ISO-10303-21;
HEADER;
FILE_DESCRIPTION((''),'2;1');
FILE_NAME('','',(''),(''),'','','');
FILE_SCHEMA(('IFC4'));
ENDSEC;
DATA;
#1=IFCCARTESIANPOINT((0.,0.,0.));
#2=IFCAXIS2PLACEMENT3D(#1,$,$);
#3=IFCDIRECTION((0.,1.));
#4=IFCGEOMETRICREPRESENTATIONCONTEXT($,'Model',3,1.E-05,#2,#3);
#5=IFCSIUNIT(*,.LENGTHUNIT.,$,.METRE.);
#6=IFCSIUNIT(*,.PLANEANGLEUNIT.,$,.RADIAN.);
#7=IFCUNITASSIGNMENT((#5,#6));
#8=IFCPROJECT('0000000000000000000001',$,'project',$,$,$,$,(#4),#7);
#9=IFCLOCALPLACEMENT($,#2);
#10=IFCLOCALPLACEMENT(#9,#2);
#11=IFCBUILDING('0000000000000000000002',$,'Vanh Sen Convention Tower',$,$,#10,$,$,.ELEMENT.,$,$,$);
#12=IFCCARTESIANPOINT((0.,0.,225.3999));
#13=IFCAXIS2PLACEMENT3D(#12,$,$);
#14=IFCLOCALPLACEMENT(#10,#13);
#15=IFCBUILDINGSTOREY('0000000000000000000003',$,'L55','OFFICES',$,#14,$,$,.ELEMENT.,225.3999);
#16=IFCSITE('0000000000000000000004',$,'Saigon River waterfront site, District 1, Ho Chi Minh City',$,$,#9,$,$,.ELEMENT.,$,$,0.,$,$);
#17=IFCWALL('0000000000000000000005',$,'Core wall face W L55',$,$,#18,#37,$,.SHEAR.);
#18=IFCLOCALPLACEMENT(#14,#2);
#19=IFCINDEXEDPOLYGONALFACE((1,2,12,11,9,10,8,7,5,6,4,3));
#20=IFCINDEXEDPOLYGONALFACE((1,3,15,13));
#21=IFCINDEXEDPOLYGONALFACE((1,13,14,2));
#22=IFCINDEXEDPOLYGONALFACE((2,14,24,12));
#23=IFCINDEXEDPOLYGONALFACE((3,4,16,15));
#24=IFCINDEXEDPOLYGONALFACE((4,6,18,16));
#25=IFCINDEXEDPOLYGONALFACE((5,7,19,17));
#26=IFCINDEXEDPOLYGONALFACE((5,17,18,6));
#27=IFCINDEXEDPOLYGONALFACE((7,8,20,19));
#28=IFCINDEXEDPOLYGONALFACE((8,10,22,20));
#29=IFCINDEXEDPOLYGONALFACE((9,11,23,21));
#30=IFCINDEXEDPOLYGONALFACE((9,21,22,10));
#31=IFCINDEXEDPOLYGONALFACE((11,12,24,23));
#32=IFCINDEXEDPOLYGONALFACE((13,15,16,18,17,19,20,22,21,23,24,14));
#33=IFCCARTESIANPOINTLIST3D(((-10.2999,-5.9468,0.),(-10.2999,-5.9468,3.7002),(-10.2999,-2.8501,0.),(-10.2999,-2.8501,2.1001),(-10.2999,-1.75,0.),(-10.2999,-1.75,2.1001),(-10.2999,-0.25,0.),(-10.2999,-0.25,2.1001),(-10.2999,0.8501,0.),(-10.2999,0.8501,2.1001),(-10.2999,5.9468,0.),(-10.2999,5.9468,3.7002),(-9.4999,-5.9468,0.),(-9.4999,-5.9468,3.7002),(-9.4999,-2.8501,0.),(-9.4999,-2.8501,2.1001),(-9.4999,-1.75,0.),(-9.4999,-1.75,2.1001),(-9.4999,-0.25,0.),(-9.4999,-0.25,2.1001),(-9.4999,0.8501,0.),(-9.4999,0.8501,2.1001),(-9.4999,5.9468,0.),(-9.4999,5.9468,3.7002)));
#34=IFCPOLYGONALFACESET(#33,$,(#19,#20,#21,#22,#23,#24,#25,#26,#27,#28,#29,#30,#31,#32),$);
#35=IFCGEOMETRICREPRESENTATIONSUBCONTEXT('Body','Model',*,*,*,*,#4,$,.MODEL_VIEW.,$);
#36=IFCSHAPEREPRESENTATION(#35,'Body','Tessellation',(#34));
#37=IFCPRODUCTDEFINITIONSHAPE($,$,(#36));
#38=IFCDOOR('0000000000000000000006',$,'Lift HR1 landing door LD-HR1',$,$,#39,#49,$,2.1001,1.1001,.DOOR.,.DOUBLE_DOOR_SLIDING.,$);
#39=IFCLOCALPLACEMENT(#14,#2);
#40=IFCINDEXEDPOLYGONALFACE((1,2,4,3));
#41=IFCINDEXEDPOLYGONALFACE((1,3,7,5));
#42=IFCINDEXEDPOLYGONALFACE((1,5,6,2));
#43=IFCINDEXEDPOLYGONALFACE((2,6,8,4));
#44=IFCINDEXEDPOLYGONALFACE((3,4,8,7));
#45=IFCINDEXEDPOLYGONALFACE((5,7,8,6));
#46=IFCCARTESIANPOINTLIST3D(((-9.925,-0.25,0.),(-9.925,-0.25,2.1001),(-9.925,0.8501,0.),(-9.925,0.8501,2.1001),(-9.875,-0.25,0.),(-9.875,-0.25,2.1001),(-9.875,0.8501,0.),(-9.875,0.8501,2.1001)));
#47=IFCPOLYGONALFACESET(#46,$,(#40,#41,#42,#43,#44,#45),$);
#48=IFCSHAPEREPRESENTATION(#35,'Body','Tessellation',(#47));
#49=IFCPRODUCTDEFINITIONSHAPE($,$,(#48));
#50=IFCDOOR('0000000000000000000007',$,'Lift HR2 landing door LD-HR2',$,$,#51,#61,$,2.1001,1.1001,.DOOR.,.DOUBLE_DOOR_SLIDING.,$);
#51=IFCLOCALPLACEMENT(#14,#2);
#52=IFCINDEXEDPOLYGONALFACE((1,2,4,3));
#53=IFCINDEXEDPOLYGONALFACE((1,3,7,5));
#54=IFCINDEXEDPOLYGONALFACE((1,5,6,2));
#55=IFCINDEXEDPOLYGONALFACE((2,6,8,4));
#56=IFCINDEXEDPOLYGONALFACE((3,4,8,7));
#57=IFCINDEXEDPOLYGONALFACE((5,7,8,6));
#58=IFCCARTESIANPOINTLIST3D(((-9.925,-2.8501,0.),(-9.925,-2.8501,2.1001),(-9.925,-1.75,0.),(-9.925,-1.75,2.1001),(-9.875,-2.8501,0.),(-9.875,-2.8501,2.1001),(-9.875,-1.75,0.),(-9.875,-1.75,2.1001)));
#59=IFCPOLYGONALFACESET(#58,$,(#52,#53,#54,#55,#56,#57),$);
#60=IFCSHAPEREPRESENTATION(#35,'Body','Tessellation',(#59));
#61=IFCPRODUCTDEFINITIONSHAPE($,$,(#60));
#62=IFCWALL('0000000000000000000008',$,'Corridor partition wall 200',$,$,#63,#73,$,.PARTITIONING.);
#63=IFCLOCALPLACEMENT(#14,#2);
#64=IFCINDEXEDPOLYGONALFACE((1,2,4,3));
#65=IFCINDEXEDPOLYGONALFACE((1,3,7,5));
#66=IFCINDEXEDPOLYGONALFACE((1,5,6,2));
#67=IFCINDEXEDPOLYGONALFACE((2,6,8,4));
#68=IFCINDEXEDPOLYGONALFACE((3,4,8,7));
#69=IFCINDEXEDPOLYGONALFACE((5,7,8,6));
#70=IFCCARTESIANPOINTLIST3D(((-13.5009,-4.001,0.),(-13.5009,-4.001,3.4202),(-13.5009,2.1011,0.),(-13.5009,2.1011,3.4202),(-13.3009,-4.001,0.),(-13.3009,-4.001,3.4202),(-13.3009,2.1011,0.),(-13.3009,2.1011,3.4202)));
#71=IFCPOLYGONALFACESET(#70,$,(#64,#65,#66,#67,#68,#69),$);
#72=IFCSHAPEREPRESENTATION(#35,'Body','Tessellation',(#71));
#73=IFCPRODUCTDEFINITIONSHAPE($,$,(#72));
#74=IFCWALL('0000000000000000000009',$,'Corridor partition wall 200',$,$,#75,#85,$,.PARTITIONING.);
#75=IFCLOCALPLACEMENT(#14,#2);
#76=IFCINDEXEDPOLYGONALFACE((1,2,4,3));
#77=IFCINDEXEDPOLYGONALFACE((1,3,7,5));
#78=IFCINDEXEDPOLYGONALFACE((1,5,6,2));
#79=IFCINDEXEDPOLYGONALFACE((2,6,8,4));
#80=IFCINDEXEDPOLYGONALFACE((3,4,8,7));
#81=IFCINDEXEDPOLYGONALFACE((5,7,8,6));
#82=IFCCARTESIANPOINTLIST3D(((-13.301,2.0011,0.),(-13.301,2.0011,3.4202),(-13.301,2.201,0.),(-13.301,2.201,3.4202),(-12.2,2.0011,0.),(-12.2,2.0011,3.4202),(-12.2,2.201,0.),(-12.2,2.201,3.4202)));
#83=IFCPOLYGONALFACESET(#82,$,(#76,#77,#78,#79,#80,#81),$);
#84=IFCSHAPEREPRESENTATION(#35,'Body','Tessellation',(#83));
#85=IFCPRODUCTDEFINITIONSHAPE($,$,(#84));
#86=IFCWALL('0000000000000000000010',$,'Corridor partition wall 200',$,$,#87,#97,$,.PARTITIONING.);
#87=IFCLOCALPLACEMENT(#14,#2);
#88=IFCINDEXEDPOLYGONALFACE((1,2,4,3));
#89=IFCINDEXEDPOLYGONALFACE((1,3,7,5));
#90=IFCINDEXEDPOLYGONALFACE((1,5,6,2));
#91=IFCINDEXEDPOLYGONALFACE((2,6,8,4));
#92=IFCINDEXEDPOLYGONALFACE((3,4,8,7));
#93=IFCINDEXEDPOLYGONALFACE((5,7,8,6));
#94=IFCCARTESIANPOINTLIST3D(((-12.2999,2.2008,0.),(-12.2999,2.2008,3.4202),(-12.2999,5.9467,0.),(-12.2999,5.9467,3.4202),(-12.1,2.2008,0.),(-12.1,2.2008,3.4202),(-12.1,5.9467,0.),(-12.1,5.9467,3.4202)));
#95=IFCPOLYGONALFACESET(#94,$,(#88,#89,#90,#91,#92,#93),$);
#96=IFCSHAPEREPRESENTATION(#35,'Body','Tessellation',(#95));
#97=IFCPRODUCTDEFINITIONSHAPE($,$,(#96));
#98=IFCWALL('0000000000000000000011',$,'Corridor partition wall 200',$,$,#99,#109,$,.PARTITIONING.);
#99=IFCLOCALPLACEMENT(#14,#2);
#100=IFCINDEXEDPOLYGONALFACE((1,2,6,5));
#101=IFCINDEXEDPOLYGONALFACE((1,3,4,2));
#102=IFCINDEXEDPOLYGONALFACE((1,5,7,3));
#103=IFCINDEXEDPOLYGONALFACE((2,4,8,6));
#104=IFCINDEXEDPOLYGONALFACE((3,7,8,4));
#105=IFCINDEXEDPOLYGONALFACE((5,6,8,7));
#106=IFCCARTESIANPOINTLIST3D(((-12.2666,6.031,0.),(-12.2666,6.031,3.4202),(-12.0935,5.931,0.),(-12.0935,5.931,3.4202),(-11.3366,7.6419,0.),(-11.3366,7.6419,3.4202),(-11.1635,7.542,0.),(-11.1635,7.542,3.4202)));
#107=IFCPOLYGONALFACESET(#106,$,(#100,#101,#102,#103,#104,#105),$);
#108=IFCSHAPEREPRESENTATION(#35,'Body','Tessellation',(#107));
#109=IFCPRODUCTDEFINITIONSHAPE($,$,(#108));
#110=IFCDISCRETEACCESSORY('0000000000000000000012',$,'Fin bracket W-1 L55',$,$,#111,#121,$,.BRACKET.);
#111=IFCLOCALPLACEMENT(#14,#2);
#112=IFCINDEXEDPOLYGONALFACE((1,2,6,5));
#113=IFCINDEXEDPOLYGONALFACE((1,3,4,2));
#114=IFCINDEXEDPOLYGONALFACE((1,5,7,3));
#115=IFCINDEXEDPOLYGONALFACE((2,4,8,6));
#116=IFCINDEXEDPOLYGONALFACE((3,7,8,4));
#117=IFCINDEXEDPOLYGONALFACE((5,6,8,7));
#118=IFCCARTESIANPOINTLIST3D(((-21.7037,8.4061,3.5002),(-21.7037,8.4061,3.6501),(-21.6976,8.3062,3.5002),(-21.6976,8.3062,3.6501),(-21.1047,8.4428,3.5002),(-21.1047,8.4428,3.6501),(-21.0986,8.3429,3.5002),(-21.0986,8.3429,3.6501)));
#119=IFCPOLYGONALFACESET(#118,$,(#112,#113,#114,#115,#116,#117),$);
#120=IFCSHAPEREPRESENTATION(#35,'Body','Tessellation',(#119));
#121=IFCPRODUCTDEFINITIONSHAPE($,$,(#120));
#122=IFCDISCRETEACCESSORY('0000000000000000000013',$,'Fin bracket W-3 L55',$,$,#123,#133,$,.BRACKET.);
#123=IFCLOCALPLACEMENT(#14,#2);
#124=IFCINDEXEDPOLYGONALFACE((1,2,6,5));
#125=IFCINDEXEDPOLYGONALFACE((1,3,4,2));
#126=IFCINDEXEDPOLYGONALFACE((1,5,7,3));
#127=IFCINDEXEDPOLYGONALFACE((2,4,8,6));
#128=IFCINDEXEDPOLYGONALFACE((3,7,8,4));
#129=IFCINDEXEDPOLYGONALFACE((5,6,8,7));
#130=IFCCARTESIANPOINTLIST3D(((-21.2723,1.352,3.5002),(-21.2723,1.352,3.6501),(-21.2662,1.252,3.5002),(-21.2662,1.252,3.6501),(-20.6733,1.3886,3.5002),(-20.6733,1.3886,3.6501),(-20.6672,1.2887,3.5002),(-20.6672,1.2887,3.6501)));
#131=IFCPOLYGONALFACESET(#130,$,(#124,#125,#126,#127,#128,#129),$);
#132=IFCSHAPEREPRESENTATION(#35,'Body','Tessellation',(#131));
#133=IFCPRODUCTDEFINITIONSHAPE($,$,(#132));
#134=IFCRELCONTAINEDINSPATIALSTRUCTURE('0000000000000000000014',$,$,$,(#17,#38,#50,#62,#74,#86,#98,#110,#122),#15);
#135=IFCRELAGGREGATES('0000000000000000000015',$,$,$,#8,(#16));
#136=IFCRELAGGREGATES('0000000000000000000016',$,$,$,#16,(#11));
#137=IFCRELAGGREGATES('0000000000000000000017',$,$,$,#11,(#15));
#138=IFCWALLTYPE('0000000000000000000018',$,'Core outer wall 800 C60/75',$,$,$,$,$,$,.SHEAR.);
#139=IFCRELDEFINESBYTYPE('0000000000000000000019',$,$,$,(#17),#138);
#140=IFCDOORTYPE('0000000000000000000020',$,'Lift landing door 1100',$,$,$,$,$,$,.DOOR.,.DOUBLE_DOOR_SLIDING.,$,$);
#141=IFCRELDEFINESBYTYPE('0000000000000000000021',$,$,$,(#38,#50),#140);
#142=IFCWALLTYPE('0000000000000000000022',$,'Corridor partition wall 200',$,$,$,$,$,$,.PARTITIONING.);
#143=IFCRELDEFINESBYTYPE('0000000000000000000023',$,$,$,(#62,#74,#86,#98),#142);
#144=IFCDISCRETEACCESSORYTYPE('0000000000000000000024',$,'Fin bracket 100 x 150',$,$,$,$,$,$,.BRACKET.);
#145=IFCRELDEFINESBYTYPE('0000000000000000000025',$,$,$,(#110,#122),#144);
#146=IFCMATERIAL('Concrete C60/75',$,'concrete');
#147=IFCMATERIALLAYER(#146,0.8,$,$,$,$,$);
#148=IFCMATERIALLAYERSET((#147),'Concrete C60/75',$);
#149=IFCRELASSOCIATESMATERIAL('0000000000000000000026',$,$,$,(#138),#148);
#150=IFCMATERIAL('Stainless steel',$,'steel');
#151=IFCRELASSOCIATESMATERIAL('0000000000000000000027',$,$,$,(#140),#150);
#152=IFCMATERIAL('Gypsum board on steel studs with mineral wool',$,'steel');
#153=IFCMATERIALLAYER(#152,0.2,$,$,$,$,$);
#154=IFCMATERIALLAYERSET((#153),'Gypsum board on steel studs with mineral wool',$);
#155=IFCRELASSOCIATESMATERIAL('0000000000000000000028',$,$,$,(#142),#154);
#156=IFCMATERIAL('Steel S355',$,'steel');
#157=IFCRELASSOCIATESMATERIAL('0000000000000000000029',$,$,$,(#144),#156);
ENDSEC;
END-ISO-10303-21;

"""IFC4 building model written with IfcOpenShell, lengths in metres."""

from ifc_helpers import new_model, si_unit, direction, frame, frame_2d, origin, origin_2d, place, context, subcontext, project, spatial, rectangle, extrude, material, layer, layer_set, type_object, element, fill, save


model = new_model("IFC4")

# Units and contexts
model_context = context("Model", 3, precision=1e-05, world=origin(), true_north=direction((0.0, 1.0)))
body_context = subcontext(model_context, "Body", "Model", "MODEL_VIEW")
ifc_project = project(units=[si_unit("LENGTHUNIT", "METRE"), si_unit("PLANEANGLEUNIT", "RADIAN")], contexts=[model_context])

# Site, building, storey
site_placement = place(None, origin())
site = spatial("IfcSite", under=ifc_project, at=site_placement, Name="Saigon River waterfront site, District 1, Ho Chi Minh City", CompositionType="ELEMENT", RefElevation=0.0)
building_placement = place(site_placement, origin())
building = spatial("IfcBuilding", under=site, at=building_placement, Name="Vanh Sen Convention Tower", CompositionType="ELEMENT")
storey_placement = place(building_placement, frame((0.0, 0.0, 225.3999)))
storey = spatial("IfcBuildingStorey", under=building, at=storey_placement, Name="L55", Description="OFFICES", CompositionType="ELEMENT", Elevation=225.3999)

# Shared definitions
ifc_material_1 = material(Name="Concrete C60/75", Category="concrete")

# Wall, openings, doors
ifc_layer_1 = layer(ifc_material_1, 0.8)
ifc_layer_set_1 = layer_set([ifc_layer_1], Name="Concrete C60/75")
wall_type_1 = type_object("IfcWallType", Name="Core outer wall 800 C60/75", PredefinedType="SHEAR", material=ifc_layer_set_1)
wall_1_placement = place(storey_placement, frame((-9.8999, 5.9468, 0.0), z_axis=(0.0, 0.0, 1.0), x_axis=(0.0, -1.0, 0.0)))
wall_1 = element("IfcWall", 1, at=wall_1_placement, inside=storey, type_object=wall_type_1, Name="Core wall face W L55", PredefinedType="SHEAR", context=body_context, shape_type="SweptSolid", body=[
    extrude(rectangle(XDim=11.8936, YDim=0.8, at=frame_2d((5.9468, 0.0))), origin(), (0.0, 0.0, 1.0), 3.7002),
])
opening_1_placement = place(wall_1_placement, frame((5.0967, 0.0, 0.0)))
opening_1 = element("IfcOpeningElement", 2, at=opening_1_placement, cuts=wall_1, PredefinedType="OPENING", context=body_context, shape_type="SweptSolid", body=[
    extrude(rectangle(XDim=1.1001, YDim=2.1001, at=frame_2d((0.55, 1.05))), frame((0.0, 0.4099, 0.0), z_axis=(0.0, -1.0, 0.0), x_axis=(1.0, 0.0, 0.0)), (0.0, 0.0, 1.0), 0.8201),
])
opening_2_placement = place(wall_1_placement, frame((7.6968, 0.0, 0.0)))
opening_2 = element("IfcOpeningElement", 3, at=opening_2_placement, cuts=wall_1, PredefinedType="OPENING", context=body_context, shape_type="SweptSolid", body=[
    extrude(rectangle(XDim=1.1001, YDim=2.1001, at=frame_2d((0.55, 1.05))), frame((0.0, 0.4099, 0.0), z_axis=(0.0, -1.0, 0.0), x_axis=(1.0, 0.0, 0.0)), (0.0, 0.0, 1.0), 0.8201),
])
ifc_material_2 = material(Name="Stainless steel", Category="steel")
door_type = type_object("IfcDoorType", Name="Lift landing door 1100", OperationType="DOUBLE_DOOR_SLIDING", PredefinedType="DOOR", material=ifc_material_2)
door_1_placement = place(opening_1_placement, origin())
door_1 = element("IfcDoor", 4, at=door_1_placement, inside=storey, type_object=door_type, Name="Lift HR1 landing door LD-HR1", OperationType="DOUBLE_DOOR_SLIDING", OverallHeight=2.1001, OverallWidth=1.1001, PredefinedType="DOOR", context=body_context, shape_type="SweptSolid", body=[
    extrude(rectangle(XDim=1.1001, YDim=2.1001, at=frame_2d((0.55, 1.05))), frame((0.0, 0.0249, 0.0), z_axis=(0.0, -1.0, 0.0), x_axis=(1.0, 0.0, 0.0)), (0.0, 0.0, 1.0), 0.05),
])
fill(opening_1, door_1)
door_2_placement = place(opening_2_placement, origin())
door_2 = element("IfcDoor", 5, at=door_2_placement, inside=storey, type_object=door_type, Name="Lift HR2 landing door LD-HR2", OperationType="DOUBLE_DOOR_SLIDING", OverallHeight=2.1001, OverallWidth=1.1001, PredefinedType="DOOR", context=body_context, shape_type="SweptSolid", body=[
    extrude(rectangle(XDim=1.1001, YDim=2.1001, at=frame_2d((0.55, 1.05))), frame((0.0, 0.0249, 0.0), z_axis=(0.0, -1.0, 0.0), x_axis=(1.0, 0.0, 0.0)), (0.0, 0.0, 1.0), 0.05),
])
fill(opening_2, door_2)

# Walls
ifc_material_3 = material(Name="Gypsum board on steel studs with mineral wool", Category="steel")
ifc_layer_2 = layer(ifc_material_3, 0.2)
ifc_layer_set_2 = layer_set([ifc_layer_2], Name="Gypsum board on steel studs with mineral wool")
wall_type_2 = type_object("IfcWallType", Name="Corridor partition wall 200", PredefinedType="PARTITIONING", material=ifc_layer_set_2)
wall_2_placement = place(storey_placement, frame((-13.4009, 2.1011, 0.0), z_axis=(0.0, 0.0, 1.0), x_axis=(0.0, -1.0, 0.0)))
element("IfcWall", 6, at=wall_2_placement, inside=storey, type_object=wall_type_2, Name="Corridor partition wall 200", PredefinedType="PARTITIONING", context=body_context, shape_type="SweptSolid", body=[
    extrude(rectangle(XDim=6.1021, YDim=0.2, at=frame_2d((3.051, 0.0))), origin(), (0.0, 0.0, 1.0), 3.4202),
])
wall_3_placement = place(storey_placement, frame((-12.2, 2.1011, 0.0), z_axis=(0.0, 0.0, 1.0), x_axis=(-1.0, 0.0, 0.0)))
element("IfcWall", 7, at=wall_3_placement, inside=storey, type_object=wall_type_2, Name="Corridor partition wall 200", PredefinedType="PARTITIONING", context=body_context, shape_type="SweptSolid", body=[
    extrude(rectangle(XDim=1.1011, YDim=0.2, at=frame_2d((0.5505, 0.0))), origin(), (0.0, 0.0, 1.0), 3.4202),
])
wall_4_placement = place(storey_placement, frame((-12.2, 5.9468, 0.0), z_axis=(0.0, 0.0, 1.0), x_axis=(0.0, -1.0, 0.0)))
element("IfcWall", 8, at=wall_4_placement, inside=storey, type_object=wall_type_2, Name="Corridor partition wall 200", PredefinedType="PARTITIONING", context=body_context, shape_type="SweptSolid", body=[
    extrude(rectangle(XDim=3.7458, YDim=0.2, at=frame_2d((1.873, 0.0))), origin(), (0.0, 0.0, 1.0), 3.4202),
])
wall_5_placement = place(storey_placement, frame((-11.25, 7.592, 0.0), z_axis=(0.0, 0.0, 1.0), x_axis=(-0.499965, -0.866046, 0.0)))
element("IfcWall", 9, at=wall_5_placement, inside=storey, type_object=wall_type_2, Name="Corridor partition wall 200", PredefinedType="PARTITIONING", context=body_context, shape_type="SweptSolid", body=[
    extrude(rectangle(XDim=1.8601, YDim=0.2, at=frame_2d((0.9302, 0.0))), origin(), (0.0, 0.0, 1.0), 3.4202),
])

# Discrete accessories
ifc_material_4 = material(Name="Steel S355", Category="steel")
discrete_accessory_type = type_object("IfcDiscreteAccessoryType", Name="Fin bracket 100 x 150", PredefinedType="BRACKET", material=ifc_material_4)
for number, where, z_axis, x_axis, name in (
    (10, (-21.4011, 8.3745, 3.5002), (0.0, 0.0, 1.0), (-0.998135, -0.061049, 0.0), "Fin bracket W-1 L55"),
    (11, (-20.9697, 1.3203, 3.5002), (0.0, 0.0, 1.0), (-0.998135, -0.061049, 0.0), "Fin bracket W-3 L55"),
):
    element("IfcDiscreteAccessory", number, at=place(storey_placement, frame(where, z_axis=z_axis, x_axis=x_axis)), inside=storey, type_object=discrete_accessory_type, Name=name, PredefinedType="BRACKET", context=body_context, shape_type="SweptSolid", body=[
        extrude(rectangle(XDim=0.6001, YDim=0.1001, at=origin_2d()), origin(), (0.0, 0.0, 1.0), 0.1499),
    ])

save(model, "model.ifc")
